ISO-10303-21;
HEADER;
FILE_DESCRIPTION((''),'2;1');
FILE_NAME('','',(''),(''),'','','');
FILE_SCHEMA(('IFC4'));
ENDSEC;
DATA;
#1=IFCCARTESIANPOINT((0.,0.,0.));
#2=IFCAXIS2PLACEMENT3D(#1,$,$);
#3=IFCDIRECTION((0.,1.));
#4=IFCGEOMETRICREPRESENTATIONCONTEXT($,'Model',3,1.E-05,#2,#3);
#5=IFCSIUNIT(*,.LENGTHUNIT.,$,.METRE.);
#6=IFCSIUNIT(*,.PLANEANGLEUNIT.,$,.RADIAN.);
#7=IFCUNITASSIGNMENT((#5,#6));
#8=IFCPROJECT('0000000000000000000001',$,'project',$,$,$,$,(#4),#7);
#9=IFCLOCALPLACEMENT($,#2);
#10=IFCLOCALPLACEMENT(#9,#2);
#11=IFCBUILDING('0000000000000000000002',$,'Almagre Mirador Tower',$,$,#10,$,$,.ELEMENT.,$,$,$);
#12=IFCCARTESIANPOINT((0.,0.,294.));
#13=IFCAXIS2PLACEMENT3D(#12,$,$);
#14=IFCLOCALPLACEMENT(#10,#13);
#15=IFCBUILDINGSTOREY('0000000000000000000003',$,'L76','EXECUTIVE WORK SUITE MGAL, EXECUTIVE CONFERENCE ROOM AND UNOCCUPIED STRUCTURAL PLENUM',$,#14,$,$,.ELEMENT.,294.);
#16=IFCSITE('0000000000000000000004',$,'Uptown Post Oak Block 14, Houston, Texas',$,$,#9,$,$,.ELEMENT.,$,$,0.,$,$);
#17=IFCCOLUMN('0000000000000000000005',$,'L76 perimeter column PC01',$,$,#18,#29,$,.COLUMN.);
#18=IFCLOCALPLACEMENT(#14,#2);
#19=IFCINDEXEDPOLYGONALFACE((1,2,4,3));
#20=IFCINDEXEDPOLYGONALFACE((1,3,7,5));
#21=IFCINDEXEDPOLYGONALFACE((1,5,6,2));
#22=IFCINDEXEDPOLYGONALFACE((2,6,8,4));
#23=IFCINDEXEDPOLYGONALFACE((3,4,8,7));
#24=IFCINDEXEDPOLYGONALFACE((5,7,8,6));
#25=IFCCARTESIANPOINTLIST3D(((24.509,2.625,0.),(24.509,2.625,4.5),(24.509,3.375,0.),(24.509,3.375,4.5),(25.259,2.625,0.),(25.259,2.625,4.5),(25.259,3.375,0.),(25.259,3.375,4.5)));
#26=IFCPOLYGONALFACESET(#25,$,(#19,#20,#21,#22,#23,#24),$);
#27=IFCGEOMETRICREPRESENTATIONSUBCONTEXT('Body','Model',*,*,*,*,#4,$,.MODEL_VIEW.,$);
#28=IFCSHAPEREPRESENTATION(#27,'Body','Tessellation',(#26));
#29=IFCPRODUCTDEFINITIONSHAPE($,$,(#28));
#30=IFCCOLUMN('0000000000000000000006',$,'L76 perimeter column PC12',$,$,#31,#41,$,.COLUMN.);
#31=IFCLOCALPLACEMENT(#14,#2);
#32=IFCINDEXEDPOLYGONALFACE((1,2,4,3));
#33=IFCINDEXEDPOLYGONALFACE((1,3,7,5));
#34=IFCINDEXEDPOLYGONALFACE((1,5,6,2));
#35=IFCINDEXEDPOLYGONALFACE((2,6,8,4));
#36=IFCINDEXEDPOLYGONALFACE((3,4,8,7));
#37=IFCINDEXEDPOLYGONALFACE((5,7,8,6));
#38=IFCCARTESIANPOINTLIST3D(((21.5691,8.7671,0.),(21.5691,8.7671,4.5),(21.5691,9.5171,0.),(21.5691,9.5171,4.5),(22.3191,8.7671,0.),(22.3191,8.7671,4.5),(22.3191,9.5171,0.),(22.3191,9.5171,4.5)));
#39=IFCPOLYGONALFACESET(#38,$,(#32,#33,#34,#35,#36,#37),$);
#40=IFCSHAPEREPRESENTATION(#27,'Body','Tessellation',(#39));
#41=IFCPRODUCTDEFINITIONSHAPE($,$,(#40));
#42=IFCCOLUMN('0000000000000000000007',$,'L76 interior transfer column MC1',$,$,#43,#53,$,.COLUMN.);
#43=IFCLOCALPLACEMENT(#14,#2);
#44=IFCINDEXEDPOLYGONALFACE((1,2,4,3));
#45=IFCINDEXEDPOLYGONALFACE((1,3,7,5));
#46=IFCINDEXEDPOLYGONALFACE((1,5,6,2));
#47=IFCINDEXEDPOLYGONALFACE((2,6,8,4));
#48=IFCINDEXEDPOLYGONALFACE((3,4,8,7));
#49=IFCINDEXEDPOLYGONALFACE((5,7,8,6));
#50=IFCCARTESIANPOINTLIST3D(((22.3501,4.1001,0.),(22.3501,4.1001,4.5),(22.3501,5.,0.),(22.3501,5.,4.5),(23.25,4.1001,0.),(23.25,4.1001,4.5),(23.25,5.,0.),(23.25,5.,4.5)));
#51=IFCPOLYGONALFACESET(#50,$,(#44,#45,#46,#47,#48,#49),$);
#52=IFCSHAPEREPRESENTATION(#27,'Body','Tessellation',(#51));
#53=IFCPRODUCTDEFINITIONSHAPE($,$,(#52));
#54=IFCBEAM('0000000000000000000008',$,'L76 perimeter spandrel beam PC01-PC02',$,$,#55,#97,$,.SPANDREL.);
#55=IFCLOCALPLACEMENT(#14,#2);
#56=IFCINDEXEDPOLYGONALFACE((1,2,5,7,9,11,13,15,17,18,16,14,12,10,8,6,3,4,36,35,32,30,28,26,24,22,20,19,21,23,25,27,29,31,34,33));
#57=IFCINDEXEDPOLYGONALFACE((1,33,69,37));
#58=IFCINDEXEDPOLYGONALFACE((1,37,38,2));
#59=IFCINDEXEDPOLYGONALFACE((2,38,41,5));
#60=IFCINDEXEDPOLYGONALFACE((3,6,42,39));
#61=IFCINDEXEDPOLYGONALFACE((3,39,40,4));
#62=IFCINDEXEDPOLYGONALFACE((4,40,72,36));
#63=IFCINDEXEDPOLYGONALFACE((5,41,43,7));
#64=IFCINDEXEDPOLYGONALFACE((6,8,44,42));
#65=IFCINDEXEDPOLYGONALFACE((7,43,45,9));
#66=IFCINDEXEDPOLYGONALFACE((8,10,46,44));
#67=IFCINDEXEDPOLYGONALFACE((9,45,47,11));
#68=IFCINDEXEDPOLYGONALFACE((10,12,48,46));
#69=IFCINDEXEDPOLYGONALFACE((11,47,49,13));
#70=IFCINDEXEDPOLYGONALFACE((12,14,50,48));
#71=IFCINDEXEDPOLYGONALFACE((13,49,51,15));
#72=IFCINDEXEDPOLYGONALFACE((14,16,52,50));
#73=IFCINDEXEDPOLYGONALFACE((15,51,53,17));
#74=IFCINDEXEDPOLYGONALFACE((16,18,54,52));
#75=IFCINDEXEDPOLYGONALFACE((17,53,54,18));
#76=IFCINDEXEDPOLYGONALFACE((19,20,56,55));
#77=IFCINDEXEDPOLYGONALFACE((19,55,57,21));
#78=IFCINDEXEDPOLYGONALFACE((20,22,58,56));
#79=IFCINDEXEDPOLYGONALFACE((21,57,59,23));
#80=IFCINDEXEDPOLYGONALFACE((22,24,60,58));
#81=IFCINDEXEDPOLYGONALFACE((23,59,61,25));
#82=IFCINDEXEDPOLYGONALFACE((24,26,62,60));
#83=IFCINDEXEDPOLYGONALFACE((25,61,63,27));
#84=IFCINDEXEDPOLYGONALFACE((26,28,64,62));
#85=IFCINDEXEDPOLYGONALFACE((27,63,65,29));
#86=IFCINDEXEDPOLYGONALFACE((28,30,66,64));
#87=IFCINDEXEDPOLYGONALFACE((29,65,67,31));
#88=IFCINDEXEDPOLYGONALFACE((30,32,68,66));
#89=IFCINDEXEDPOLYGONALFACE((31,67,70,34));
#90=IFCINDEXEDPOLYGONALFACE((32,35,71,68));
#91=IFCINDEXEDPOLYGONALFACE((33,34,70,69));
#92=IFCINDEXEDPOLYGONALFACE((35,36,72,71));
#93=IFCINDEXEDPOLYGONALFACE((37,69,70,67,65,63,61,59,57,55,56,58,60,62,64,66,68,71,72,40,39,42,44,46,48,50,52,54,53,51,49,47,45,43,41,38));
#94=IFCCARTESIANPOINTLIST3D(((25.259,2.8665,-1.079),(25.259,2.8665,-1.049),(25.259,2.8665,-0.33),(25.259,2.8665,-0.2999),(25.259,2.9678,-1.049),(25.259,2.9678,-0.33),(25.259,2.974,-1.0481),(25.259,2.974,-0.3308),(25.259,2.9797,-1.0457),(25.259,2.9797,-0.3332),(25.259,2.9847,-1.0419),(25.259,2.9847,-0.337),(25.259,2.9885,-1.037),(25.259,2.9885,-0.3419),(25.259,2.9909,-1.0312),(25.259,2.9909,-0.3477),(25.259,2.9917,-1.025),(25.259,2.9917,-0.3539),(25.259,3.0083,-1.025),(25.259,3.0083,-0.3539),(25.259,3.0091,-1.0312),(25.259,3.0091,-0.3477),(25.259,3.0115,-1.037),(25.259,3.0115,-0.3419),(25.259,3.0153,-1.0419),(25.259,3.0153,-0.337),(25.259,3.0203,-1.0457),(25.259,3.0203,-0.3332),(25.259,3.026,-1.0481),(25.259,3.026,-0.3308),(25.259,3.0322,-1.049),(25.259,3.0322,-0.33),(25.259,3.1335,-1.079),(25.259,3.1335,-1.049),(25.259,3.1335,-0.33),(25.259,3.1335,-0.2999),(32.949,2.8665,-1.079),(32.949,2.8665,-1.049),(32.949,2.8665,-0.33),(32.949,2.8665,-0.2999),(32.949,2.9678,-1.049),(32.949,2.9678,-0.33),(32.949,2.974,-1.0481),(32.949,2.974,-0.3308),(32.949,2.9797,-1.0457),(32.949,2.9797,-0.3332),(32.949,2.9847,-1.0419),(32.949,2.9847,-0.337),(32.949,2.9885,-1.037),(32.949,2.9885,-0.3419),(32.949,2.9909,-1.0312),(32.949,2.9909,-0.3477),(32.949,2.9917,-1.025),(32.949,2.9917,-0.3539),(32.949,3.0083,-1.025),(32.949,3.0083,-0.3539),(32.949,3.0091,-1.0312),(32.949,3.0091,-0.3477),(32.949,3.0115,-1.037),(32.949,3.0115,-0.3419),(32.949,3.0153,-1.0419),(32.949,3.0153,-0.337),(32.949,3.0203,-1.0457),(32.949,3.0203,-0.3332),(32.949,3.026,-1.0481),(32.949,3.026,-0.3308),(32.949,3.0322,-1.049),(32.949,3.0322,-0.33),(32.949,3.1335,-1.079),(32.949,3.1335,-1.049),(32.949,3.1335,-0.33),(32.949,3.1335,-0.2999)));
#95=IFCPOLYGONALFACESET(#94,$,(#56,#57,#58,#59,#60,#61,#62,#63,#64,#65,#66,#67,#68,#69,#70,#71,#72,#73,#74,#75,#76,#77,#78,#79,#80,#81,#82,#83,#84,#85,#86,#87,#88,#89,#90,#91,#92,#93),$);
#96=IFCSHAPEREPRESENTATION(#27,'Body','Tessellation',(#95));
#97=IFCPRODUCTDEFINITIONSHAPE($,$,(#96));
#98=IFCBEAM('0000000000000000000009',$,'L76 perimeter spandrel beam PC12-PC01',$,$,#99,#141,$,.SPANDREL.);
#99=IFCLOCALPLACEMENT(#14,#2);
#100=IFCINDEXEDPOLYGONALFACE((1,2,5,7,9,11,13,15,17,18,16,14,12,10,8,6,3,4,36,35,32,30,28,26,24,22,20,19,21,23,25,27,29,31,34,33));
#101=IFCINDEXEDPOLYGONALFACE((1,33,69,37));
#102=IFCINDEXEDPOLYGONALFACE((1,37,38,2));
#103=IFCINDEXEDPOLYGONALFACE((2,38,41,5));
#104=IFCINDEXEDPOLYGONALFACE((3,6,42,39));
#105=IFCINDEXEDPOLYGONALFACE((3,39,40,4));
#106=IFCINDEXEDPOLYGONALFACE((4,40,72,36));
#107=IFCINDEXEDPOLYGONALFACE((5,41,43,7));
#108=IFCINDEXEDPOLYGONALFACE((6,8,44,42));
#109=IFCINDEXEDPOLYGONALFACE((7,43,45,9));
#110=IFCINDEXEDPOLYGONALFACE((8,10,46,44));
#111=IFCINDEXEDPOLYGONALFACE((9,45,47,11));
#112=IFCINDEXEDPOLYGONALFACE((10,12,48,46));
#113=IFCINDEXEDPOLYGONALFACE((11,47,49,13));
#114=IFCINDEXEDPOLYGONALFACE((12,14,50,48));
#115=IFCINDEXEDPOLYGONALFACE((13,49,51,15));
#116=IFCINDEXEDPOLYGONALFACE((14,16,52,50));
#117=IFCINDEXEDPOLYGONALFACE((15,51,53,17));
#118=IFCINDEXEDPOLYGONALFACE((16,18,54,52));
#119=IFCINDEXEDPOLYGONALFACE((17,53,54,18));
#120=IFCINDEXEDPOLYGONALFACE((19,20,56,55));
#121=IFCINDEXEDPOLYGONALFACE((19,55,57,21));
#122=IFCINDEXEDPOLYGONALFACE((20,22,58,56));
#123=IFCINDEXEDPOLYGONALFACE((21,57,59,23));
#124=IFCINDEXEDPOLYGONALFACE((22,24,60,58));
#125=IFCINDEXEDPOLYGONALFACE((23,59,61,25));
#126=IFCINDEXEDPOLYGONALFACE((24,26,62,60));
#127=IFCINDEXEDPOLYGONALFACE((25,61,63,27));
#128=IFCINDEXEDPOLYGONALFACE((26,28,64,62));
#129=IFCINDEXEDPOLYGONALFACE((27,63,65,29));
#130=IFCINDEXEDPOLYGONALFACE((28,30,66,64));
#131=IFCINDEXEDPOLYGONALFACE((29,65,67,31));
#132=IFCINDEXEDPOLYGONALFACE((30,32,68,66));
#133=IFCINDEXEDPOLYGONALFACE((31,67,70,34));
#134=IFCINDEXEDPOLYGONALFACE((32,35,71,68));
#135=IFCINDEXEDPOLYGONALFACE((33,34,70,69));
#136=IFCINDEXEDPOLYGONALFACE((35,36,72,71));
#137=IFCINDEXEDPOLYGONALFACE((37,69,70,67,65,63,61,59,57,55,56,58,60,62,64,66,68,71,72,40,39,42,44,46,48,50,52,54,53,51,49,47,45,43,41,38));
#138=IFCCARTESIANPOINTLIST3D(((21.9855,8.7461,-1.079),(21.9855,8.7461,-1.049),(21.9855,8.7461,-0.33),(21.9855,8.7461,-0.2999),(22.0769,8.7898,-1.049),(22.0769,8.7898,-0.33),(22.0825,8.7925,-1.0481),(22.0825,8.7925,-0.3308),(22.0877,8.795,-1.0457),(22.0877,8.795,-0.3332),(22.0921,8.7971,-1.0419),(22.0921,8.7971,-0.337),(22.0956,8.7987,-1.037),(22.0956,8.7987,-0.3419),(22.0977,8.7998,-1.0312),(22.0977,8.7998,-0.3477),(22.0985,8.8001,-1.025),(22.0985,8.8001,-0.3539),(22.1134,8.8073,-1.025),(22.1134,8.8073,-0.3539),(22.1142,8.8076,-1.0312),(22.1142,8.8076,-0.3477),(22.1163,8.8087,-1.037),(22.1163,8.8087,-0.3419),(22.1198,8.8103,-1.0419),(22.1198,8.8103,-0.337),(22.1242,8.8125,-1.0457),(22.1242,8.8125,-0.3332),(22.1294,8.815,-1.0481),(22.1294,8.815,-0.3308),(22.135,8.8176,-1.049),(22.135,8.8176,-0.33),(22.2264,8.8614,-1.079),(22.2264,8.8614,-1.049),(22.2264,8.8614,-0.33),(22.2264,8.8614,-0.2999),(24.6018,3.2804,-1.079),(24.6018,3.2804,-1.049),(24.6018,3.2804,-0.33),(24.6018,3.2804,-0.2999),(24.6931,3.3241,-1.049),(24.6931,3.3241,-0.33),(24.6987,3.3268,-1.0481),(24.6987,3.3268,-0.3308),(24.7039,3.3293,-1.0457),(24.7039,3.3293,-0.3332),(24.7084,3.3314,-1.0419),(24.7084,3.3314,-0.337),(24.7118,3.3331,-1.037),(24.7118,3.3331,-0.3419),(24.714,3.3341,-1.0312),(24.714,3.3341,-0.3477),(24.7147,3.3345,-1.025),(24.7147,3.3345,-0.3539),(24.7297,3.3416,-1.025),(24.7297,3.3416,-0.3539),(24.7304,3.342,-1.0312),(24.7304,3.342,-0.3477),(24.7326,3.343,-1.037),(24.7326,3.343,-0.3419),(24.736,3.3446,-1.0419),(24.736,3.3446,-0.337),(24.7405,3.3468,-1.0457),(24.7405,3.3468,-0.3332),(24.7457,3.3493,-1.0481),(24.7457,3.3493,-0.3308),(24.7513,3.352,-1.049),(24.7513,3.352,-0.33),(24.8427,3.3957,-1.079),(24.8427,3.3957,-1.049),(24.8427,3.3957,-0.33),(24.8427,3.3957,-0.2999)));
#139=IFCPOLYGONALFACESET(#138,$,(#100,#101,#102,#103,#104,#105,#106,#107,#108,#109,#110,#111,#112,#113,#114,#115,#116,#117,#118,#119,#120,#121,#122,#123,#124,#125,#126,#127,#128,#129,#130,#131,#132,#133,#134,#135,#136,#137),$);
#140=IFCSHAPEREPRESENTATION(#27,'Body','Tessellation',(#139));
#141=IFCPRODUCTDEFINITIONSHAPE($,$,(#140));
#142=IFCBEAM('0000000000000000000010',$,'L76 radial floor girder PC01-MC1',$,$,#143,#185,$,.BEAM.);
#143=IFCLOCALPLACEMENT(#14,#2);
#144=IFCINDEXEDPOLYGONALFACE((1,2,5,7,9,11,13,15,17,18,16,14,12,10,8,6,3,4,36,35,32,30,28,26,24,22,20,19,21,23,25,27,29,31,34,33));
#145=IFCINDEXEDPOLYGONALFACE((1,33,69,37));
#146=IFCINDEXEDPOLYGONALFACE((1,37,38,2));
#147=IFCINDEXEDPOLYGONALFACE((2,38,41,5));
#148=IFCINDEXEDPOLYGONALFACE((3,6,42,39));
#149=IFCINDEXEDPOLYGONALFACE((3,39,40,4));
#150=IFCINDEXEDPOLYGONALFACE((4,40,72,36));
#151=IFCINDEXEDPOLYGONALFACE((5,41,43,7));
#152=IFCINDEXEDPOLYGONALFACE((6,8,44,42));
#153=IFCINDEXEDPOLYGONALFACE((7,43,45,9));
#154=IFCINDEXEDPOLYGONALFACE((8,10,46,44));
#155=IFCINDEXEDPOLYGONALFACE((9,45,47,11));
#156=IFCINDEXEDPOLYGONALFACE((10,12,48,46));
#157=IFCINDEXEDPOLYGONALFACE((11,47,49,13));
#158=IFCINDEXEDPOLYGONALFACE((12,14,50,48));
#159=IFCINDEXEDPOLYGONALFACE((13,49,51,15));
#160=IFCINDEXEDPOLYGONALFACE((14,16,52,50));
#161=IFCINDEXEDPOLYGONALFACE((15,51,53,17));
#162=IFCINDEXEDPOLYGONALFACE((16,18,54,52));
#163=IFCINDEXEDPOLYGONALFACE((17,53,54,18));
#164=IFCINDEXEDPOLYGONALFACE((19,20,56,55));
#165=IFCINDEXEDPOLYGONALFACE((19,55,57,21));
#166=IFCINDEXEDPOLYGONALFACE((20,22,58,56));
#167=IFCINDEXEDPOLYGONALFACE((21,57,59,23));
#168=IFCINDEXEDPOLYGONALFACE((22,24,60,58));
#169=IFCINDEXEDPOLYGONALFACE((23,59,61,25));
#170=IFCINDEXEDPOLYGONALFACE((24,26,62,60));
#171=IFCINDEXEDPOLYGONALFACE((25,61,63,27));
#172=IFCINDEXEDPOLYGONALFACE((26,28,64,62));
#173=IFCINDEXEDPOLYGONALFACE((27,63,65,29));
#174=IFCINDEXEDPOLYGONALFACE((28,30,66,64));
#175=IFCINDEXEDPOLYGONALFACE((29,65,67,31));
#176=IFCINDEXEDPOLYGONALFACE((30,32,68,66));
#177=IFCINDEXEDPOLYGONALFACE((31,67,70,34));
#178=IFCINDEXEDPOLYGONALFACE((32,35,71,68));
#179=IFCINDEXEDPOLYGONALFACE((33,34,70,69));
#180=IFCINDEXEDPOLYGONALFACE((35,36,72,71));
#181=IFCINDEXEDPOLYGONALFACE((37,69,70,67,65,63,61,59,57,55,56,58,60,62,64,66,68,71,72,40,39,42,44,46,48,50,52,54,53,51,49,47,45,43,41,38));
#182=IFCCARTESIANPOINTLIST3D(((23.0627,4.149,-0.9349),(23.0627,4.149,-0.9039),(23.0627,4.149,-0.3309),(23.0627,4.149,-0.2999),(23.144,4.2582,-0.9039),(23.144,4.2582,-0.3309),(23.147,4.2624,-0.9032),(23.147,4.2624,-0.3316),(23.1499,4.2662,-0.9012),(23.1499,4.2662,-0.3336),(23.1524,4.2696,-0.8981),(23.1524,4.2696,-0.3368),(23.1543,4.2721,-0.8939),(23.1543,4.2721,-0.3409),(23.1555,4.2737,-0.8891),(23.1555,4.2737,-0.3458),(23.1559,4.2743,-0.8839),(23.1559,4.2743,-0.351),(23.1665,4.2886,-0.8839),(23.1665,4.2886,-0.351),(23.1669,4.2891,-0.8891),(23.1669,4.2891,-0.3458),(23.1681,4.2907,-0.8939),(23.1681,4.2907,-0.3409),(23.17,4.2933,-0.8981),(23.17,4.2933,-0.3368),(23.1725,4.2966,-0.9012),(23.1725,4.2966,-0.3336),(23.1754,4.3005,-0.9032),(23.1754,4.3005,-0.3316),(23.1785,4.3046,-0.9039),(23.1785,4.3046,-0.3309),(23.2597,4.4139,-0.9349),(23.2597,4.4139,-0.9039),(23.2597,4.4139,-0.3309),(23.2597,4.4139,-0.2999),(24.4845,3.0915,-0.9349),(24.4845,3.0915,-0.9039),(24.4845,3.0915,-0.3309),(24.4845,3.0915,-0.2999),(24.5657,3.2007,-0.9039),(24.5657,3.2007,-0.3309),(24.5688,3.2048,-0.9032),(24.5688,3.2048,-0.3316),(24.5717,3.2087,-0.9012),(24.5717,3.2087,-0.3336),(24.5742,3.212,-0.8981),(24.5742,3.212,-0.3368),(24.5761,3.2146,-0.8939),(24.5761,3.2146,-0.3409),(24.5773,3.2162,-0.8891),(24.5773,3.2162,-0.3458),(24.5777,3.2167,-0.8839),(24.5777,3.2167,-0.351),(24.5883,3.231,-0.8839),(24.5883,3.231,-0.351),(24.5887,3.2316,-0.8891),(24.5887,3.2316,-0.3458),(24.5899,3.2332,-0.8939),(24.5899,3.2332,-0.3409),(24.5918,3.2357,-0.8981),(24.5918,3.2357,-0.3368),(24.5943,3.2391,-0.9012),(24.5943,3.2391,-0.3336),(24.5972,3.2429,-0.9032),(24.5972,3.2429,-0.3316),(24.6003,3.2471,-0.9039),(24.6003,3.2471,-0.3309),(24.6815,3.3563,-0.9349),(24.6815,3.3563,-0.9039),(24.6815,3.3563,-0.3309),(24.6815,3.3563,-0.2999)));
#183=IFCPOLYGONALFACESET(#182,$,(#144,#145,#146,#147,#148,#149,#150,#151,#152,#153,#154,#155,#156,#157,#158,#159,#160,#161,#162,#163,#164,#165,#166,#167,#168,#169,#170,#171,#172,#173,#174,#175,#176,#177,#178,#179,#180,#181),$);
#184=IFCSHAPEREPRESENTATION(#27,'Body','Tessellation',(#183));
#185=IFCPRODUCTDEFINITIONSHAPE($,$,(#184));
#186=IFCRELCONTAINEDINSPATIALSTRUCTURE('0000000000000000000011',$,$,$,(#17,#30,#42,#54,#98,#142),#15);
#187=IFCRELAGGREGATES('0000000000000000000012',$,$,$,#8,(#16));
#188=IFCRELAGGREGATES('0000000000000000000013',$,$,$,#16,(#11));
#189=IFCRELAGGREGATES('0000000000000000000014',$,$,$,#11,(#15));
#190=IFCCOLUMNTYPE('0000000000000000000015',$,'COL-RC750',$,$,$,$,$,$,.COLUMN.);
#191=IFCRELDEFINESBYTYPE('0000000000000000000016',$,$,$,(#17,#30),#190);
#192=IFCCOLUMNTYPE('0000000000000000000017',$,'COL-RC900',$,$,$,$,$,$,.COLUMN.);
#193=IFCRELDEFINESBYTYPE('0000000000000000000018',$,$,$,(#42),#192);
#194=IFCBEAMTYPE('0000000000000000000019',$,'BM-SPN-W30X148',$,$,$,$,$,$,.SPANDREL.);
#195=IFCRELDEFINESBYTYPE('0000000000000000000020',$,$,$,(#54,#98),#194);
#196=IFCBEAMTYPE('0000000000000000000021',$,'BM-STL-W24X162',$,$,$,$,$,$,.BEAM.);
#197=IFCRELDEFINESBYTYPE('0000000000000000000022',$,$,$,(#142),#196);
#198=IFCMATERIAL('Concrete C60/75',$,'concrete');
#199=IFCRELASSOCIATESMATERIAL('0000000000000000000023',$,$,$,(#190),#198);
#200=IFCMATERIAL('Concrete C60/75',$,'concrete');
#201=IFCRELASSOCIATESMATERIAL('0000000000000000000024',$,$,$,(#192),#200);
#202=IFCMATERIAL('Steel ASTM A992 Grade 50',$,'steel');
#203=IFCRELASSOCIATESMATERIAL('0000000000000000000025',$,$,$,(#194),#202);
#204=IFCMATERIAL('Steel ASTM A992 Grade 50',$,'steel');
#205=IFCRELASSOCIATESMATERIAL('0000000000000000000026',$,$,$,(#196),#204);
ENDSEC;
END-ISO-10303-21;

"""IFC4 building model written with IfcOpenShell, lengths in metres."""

from ifc_helpers import new_model, si_unit, direction, frame, origin, origin_2d, place, context, subcontext, project, spatial, rectangle, i_section, extrude, material, material_profile, profile_set, type_object, element, save


model = new_model("IFC4")

# Units and contexts
model_context = context("Model", 3, precision=1e-05, world=origin(), true_north=direction((0.0, 1.0)))
body_context = subcontext(model_context, "Body", "Model", "MODEL_VIEW")
ifc_project = project(units=[si_unit("LENGTHUNIT", "METRE"), si_unit("PLANEANGLEUNIT", "RADIAN")], contexts=[model_context])

# Site, building, storey
site_placement = place(None, origin())
site = spatial("IfcSite", under=ifc_project, at=site_placement, Name="Uptown Post Oak Block 14, Houston, Texas", CompositionType="ELEMENT", RefElevation=0.0)
building_placement = place(site_placement, origin())
building = spatial("IfcBuilding", under=site, at=building_placement, Name="Almagre Mirador Tower", CompositionType="ELEMENT")
storey_placement = place(building_placement, frame((0.0, 0.0, 294.0)))
storey = spatial("IfcBuildingStorey", under=building, at=storey_placement, Name="L76", Description="EXECUTIVE WORK SUITE MGAL, EXECUTIVE CONFERENCE ROOM AND UNOCCUPIED STRUCTURAL PLENUM", CompositionType="ELEMENT", Elevation=294.0)

# Columns
ifc_material_1 = material(Name="Concrete C60/75", Category="concrete")
ifc_material_profile_1 = material_profile(ifc_material_1, rectangle(XDim=0.75, YDim=0.75, at=origin_2d()), Name="RC750X750")
ifc_profile_set_1 = profile_set([ifc_material_profile_1], Name="Concrete C60/75")
column_type_1 = type_object("IfcColumnType", Name="COL-RC750", PredefinedType="COLUMN", material=ifc_profile_set_1)
for number, where, z_axis, x_axis, name in (
    (1, (24.884, 3.0, 0.0), (0.0, 0.0, 1.0), (1.0, 0.0, 0.0), "L76 perimeter column PC01"),
    (2, (21.9441, 9.1421, 0.0), (0.0, 0.0, 1.0), (1.0, 0.0, 0.0), "L76 perimeter column PC12"),
):
    element("IfcColumn", number, at=place(storey_placement, frame(where, z_axis=z_axis, x_axis=x_axis)), inside=storey, type_object=column_type_1, Name=name, PredefinedType="COLUMN", context=body_context, shape_type="SweptSolid", body=[
        extrude(rectangle(XDim=0.75, YDim=0.75, at=origin_2d()), origin(), (0.0, 0.0, 1.0), 4.5),
    ])
ifc_material_2 = material(Name="Concrete C60/75", Category="concrete")
ifc_material_profile_2 = material_profile(ifc_material_2, rectangle(XDim=0.8999, YDim=0.8999, at=origin_2d()), Name="RC900X900")
ifc_profile_set_2 = profile_set([ifc_material_profile_2], Name="Concrete C60/75")
column_type_2 = type_object("IfcColumnType", Name="COL-RC900", PredefinedType="COLUMN", material=ifc_profile_set_2)
column_placement = place(storey_placement, frame((22.8, 4.55, 0.0), z_axis=(0.0, 0.0, 1.0), x_axis=(1.0, 0.0, 0.0)))
element("IfcColumn", 3, at=column_placement, inside=storey, type_object=column_type_2, Name="L76 interior transfer column MC1", PredefinedType="COLUMN", context=body_context, shape_type="SweptSolid", body=[
    extrude(rectangle(XDim=0.8999, YDim=0.8999, at=origin_2d()), origin(), (0.0, 0.0, 1.0), 4.5),
])

# Beams
ifc_material_3 = material(Name="Steel ASTM A992 Grade 50", Category="steel")
ifc_material_profile_3 = material_profile(ifc_material_3, i_section(OverallWidth=0.2671, OverallDepth=0.7791, WebThickness=0.0166, FlangeThickness=0.03, FilletRadius=0.0239, at=origin_2d()), Name="W30X148")
ifc_profile_set_3 = profile_set([ifc_material_profile_3], Name="Steel ASTM A992 Grade 50")
beam_type_1 = type_object("IfcBeamType", Name="BM-SPN-W30X148", PredefinedType="SPANDREL", material=ifc_profile_set_3)
beam_1_placement = place(storey_placement, frame((25.259, 3.0, -0.6895), z_axis=(1.0, 0.0, 0.0), x_axis=(0.0, 1.0, 0.0)))
element("IfcBeam", 4, at=beam_1_placement, inside=storey, type_object=beam_type_1, Name="L76 perimeter spandrel beam PC01-PC02", PredefinedType="SPANDREL", context=body_context, shape_type="SweptSolid", body=[
    extrude(i_section(OverallWidth=0.2671, OverallDepth=0.7791, WebThickness=0.0166, FlangeThickness=0.03, FilletRadius=0.0239, at=origin_2d()), origin(), (0.0, 0.0, 1.0), 7.6899),
])
beam_2_placement = place(storey_placement, frame((22.106, 8.8037, -0.6895), z_axis=(0.431756, -0.90199, 0.0), x_axis=(0.90199, 0.431756, 0.0)))
element("IfcBeam", 5, at=beam_2_placement, inside=storey, type_object=beam_type_1, Name="L76 perimeter spandrel beam PC12-PC01", PredefinedType="SPANDREL", context=body_context, shape_type="SweptSolid", body=[
    extrude(i_section(OverallWidth=0.2671, OverallDepth=0.7791, WebThickness=0.0166, FlangeThickness=0.03, FilletRadius=0.0239, at=origin_2d()), origin(), (0.0, 0.0, 1.0), 6.0596),
])
ifc_material_4 = material(Name="Steel ASTM A992 Grade 50", Category="steel")
ifc_material_profile_4 = material_profile(ifc_material_4, i_section(OverallWidth=0.3301, OverallDepth=0.635, WebThickness=0.0178, FlangeThickness=0.031, FilletRadius=0.02, at=origin_2d()), Name="W24X162")
ifc_profile_set_4 = profile_set([ifc_material_profile_4], Name="Steel ASTM A992 Grade 50")
beam_type_2 = type_object("IfcBeamType", Name="BM-STL-W24X162", PredefinedType="BEAM", material=ifc_profile_set_4)
beam_3_placement = place(storey_placement, frame((24.583, 3.2239, -0.6174), z_axis=(-0.802374, 0.596821, 0.0), x_axis=(-0.596821, -0.802374, 0.0)))
element("IfcBeam", 6, at=beam_3_placement, inside=storey, type_object=beam_type_2, Name="L76 radial floor girder PC01-MC1", PredefinedType="BEAM", context=body_context, shape_type="SweptSolid", body=[
    extrude(i_section(OverallWidth=0.3301, OverallDepth=0.635, WebThickness=0.0178, FlangeThickness=0.031, FilletRadius=0.02, at=origin_2d()), origin(), (0.0, 0.0, 1.0), 1.772),
])

save(model, "model.ifc")
